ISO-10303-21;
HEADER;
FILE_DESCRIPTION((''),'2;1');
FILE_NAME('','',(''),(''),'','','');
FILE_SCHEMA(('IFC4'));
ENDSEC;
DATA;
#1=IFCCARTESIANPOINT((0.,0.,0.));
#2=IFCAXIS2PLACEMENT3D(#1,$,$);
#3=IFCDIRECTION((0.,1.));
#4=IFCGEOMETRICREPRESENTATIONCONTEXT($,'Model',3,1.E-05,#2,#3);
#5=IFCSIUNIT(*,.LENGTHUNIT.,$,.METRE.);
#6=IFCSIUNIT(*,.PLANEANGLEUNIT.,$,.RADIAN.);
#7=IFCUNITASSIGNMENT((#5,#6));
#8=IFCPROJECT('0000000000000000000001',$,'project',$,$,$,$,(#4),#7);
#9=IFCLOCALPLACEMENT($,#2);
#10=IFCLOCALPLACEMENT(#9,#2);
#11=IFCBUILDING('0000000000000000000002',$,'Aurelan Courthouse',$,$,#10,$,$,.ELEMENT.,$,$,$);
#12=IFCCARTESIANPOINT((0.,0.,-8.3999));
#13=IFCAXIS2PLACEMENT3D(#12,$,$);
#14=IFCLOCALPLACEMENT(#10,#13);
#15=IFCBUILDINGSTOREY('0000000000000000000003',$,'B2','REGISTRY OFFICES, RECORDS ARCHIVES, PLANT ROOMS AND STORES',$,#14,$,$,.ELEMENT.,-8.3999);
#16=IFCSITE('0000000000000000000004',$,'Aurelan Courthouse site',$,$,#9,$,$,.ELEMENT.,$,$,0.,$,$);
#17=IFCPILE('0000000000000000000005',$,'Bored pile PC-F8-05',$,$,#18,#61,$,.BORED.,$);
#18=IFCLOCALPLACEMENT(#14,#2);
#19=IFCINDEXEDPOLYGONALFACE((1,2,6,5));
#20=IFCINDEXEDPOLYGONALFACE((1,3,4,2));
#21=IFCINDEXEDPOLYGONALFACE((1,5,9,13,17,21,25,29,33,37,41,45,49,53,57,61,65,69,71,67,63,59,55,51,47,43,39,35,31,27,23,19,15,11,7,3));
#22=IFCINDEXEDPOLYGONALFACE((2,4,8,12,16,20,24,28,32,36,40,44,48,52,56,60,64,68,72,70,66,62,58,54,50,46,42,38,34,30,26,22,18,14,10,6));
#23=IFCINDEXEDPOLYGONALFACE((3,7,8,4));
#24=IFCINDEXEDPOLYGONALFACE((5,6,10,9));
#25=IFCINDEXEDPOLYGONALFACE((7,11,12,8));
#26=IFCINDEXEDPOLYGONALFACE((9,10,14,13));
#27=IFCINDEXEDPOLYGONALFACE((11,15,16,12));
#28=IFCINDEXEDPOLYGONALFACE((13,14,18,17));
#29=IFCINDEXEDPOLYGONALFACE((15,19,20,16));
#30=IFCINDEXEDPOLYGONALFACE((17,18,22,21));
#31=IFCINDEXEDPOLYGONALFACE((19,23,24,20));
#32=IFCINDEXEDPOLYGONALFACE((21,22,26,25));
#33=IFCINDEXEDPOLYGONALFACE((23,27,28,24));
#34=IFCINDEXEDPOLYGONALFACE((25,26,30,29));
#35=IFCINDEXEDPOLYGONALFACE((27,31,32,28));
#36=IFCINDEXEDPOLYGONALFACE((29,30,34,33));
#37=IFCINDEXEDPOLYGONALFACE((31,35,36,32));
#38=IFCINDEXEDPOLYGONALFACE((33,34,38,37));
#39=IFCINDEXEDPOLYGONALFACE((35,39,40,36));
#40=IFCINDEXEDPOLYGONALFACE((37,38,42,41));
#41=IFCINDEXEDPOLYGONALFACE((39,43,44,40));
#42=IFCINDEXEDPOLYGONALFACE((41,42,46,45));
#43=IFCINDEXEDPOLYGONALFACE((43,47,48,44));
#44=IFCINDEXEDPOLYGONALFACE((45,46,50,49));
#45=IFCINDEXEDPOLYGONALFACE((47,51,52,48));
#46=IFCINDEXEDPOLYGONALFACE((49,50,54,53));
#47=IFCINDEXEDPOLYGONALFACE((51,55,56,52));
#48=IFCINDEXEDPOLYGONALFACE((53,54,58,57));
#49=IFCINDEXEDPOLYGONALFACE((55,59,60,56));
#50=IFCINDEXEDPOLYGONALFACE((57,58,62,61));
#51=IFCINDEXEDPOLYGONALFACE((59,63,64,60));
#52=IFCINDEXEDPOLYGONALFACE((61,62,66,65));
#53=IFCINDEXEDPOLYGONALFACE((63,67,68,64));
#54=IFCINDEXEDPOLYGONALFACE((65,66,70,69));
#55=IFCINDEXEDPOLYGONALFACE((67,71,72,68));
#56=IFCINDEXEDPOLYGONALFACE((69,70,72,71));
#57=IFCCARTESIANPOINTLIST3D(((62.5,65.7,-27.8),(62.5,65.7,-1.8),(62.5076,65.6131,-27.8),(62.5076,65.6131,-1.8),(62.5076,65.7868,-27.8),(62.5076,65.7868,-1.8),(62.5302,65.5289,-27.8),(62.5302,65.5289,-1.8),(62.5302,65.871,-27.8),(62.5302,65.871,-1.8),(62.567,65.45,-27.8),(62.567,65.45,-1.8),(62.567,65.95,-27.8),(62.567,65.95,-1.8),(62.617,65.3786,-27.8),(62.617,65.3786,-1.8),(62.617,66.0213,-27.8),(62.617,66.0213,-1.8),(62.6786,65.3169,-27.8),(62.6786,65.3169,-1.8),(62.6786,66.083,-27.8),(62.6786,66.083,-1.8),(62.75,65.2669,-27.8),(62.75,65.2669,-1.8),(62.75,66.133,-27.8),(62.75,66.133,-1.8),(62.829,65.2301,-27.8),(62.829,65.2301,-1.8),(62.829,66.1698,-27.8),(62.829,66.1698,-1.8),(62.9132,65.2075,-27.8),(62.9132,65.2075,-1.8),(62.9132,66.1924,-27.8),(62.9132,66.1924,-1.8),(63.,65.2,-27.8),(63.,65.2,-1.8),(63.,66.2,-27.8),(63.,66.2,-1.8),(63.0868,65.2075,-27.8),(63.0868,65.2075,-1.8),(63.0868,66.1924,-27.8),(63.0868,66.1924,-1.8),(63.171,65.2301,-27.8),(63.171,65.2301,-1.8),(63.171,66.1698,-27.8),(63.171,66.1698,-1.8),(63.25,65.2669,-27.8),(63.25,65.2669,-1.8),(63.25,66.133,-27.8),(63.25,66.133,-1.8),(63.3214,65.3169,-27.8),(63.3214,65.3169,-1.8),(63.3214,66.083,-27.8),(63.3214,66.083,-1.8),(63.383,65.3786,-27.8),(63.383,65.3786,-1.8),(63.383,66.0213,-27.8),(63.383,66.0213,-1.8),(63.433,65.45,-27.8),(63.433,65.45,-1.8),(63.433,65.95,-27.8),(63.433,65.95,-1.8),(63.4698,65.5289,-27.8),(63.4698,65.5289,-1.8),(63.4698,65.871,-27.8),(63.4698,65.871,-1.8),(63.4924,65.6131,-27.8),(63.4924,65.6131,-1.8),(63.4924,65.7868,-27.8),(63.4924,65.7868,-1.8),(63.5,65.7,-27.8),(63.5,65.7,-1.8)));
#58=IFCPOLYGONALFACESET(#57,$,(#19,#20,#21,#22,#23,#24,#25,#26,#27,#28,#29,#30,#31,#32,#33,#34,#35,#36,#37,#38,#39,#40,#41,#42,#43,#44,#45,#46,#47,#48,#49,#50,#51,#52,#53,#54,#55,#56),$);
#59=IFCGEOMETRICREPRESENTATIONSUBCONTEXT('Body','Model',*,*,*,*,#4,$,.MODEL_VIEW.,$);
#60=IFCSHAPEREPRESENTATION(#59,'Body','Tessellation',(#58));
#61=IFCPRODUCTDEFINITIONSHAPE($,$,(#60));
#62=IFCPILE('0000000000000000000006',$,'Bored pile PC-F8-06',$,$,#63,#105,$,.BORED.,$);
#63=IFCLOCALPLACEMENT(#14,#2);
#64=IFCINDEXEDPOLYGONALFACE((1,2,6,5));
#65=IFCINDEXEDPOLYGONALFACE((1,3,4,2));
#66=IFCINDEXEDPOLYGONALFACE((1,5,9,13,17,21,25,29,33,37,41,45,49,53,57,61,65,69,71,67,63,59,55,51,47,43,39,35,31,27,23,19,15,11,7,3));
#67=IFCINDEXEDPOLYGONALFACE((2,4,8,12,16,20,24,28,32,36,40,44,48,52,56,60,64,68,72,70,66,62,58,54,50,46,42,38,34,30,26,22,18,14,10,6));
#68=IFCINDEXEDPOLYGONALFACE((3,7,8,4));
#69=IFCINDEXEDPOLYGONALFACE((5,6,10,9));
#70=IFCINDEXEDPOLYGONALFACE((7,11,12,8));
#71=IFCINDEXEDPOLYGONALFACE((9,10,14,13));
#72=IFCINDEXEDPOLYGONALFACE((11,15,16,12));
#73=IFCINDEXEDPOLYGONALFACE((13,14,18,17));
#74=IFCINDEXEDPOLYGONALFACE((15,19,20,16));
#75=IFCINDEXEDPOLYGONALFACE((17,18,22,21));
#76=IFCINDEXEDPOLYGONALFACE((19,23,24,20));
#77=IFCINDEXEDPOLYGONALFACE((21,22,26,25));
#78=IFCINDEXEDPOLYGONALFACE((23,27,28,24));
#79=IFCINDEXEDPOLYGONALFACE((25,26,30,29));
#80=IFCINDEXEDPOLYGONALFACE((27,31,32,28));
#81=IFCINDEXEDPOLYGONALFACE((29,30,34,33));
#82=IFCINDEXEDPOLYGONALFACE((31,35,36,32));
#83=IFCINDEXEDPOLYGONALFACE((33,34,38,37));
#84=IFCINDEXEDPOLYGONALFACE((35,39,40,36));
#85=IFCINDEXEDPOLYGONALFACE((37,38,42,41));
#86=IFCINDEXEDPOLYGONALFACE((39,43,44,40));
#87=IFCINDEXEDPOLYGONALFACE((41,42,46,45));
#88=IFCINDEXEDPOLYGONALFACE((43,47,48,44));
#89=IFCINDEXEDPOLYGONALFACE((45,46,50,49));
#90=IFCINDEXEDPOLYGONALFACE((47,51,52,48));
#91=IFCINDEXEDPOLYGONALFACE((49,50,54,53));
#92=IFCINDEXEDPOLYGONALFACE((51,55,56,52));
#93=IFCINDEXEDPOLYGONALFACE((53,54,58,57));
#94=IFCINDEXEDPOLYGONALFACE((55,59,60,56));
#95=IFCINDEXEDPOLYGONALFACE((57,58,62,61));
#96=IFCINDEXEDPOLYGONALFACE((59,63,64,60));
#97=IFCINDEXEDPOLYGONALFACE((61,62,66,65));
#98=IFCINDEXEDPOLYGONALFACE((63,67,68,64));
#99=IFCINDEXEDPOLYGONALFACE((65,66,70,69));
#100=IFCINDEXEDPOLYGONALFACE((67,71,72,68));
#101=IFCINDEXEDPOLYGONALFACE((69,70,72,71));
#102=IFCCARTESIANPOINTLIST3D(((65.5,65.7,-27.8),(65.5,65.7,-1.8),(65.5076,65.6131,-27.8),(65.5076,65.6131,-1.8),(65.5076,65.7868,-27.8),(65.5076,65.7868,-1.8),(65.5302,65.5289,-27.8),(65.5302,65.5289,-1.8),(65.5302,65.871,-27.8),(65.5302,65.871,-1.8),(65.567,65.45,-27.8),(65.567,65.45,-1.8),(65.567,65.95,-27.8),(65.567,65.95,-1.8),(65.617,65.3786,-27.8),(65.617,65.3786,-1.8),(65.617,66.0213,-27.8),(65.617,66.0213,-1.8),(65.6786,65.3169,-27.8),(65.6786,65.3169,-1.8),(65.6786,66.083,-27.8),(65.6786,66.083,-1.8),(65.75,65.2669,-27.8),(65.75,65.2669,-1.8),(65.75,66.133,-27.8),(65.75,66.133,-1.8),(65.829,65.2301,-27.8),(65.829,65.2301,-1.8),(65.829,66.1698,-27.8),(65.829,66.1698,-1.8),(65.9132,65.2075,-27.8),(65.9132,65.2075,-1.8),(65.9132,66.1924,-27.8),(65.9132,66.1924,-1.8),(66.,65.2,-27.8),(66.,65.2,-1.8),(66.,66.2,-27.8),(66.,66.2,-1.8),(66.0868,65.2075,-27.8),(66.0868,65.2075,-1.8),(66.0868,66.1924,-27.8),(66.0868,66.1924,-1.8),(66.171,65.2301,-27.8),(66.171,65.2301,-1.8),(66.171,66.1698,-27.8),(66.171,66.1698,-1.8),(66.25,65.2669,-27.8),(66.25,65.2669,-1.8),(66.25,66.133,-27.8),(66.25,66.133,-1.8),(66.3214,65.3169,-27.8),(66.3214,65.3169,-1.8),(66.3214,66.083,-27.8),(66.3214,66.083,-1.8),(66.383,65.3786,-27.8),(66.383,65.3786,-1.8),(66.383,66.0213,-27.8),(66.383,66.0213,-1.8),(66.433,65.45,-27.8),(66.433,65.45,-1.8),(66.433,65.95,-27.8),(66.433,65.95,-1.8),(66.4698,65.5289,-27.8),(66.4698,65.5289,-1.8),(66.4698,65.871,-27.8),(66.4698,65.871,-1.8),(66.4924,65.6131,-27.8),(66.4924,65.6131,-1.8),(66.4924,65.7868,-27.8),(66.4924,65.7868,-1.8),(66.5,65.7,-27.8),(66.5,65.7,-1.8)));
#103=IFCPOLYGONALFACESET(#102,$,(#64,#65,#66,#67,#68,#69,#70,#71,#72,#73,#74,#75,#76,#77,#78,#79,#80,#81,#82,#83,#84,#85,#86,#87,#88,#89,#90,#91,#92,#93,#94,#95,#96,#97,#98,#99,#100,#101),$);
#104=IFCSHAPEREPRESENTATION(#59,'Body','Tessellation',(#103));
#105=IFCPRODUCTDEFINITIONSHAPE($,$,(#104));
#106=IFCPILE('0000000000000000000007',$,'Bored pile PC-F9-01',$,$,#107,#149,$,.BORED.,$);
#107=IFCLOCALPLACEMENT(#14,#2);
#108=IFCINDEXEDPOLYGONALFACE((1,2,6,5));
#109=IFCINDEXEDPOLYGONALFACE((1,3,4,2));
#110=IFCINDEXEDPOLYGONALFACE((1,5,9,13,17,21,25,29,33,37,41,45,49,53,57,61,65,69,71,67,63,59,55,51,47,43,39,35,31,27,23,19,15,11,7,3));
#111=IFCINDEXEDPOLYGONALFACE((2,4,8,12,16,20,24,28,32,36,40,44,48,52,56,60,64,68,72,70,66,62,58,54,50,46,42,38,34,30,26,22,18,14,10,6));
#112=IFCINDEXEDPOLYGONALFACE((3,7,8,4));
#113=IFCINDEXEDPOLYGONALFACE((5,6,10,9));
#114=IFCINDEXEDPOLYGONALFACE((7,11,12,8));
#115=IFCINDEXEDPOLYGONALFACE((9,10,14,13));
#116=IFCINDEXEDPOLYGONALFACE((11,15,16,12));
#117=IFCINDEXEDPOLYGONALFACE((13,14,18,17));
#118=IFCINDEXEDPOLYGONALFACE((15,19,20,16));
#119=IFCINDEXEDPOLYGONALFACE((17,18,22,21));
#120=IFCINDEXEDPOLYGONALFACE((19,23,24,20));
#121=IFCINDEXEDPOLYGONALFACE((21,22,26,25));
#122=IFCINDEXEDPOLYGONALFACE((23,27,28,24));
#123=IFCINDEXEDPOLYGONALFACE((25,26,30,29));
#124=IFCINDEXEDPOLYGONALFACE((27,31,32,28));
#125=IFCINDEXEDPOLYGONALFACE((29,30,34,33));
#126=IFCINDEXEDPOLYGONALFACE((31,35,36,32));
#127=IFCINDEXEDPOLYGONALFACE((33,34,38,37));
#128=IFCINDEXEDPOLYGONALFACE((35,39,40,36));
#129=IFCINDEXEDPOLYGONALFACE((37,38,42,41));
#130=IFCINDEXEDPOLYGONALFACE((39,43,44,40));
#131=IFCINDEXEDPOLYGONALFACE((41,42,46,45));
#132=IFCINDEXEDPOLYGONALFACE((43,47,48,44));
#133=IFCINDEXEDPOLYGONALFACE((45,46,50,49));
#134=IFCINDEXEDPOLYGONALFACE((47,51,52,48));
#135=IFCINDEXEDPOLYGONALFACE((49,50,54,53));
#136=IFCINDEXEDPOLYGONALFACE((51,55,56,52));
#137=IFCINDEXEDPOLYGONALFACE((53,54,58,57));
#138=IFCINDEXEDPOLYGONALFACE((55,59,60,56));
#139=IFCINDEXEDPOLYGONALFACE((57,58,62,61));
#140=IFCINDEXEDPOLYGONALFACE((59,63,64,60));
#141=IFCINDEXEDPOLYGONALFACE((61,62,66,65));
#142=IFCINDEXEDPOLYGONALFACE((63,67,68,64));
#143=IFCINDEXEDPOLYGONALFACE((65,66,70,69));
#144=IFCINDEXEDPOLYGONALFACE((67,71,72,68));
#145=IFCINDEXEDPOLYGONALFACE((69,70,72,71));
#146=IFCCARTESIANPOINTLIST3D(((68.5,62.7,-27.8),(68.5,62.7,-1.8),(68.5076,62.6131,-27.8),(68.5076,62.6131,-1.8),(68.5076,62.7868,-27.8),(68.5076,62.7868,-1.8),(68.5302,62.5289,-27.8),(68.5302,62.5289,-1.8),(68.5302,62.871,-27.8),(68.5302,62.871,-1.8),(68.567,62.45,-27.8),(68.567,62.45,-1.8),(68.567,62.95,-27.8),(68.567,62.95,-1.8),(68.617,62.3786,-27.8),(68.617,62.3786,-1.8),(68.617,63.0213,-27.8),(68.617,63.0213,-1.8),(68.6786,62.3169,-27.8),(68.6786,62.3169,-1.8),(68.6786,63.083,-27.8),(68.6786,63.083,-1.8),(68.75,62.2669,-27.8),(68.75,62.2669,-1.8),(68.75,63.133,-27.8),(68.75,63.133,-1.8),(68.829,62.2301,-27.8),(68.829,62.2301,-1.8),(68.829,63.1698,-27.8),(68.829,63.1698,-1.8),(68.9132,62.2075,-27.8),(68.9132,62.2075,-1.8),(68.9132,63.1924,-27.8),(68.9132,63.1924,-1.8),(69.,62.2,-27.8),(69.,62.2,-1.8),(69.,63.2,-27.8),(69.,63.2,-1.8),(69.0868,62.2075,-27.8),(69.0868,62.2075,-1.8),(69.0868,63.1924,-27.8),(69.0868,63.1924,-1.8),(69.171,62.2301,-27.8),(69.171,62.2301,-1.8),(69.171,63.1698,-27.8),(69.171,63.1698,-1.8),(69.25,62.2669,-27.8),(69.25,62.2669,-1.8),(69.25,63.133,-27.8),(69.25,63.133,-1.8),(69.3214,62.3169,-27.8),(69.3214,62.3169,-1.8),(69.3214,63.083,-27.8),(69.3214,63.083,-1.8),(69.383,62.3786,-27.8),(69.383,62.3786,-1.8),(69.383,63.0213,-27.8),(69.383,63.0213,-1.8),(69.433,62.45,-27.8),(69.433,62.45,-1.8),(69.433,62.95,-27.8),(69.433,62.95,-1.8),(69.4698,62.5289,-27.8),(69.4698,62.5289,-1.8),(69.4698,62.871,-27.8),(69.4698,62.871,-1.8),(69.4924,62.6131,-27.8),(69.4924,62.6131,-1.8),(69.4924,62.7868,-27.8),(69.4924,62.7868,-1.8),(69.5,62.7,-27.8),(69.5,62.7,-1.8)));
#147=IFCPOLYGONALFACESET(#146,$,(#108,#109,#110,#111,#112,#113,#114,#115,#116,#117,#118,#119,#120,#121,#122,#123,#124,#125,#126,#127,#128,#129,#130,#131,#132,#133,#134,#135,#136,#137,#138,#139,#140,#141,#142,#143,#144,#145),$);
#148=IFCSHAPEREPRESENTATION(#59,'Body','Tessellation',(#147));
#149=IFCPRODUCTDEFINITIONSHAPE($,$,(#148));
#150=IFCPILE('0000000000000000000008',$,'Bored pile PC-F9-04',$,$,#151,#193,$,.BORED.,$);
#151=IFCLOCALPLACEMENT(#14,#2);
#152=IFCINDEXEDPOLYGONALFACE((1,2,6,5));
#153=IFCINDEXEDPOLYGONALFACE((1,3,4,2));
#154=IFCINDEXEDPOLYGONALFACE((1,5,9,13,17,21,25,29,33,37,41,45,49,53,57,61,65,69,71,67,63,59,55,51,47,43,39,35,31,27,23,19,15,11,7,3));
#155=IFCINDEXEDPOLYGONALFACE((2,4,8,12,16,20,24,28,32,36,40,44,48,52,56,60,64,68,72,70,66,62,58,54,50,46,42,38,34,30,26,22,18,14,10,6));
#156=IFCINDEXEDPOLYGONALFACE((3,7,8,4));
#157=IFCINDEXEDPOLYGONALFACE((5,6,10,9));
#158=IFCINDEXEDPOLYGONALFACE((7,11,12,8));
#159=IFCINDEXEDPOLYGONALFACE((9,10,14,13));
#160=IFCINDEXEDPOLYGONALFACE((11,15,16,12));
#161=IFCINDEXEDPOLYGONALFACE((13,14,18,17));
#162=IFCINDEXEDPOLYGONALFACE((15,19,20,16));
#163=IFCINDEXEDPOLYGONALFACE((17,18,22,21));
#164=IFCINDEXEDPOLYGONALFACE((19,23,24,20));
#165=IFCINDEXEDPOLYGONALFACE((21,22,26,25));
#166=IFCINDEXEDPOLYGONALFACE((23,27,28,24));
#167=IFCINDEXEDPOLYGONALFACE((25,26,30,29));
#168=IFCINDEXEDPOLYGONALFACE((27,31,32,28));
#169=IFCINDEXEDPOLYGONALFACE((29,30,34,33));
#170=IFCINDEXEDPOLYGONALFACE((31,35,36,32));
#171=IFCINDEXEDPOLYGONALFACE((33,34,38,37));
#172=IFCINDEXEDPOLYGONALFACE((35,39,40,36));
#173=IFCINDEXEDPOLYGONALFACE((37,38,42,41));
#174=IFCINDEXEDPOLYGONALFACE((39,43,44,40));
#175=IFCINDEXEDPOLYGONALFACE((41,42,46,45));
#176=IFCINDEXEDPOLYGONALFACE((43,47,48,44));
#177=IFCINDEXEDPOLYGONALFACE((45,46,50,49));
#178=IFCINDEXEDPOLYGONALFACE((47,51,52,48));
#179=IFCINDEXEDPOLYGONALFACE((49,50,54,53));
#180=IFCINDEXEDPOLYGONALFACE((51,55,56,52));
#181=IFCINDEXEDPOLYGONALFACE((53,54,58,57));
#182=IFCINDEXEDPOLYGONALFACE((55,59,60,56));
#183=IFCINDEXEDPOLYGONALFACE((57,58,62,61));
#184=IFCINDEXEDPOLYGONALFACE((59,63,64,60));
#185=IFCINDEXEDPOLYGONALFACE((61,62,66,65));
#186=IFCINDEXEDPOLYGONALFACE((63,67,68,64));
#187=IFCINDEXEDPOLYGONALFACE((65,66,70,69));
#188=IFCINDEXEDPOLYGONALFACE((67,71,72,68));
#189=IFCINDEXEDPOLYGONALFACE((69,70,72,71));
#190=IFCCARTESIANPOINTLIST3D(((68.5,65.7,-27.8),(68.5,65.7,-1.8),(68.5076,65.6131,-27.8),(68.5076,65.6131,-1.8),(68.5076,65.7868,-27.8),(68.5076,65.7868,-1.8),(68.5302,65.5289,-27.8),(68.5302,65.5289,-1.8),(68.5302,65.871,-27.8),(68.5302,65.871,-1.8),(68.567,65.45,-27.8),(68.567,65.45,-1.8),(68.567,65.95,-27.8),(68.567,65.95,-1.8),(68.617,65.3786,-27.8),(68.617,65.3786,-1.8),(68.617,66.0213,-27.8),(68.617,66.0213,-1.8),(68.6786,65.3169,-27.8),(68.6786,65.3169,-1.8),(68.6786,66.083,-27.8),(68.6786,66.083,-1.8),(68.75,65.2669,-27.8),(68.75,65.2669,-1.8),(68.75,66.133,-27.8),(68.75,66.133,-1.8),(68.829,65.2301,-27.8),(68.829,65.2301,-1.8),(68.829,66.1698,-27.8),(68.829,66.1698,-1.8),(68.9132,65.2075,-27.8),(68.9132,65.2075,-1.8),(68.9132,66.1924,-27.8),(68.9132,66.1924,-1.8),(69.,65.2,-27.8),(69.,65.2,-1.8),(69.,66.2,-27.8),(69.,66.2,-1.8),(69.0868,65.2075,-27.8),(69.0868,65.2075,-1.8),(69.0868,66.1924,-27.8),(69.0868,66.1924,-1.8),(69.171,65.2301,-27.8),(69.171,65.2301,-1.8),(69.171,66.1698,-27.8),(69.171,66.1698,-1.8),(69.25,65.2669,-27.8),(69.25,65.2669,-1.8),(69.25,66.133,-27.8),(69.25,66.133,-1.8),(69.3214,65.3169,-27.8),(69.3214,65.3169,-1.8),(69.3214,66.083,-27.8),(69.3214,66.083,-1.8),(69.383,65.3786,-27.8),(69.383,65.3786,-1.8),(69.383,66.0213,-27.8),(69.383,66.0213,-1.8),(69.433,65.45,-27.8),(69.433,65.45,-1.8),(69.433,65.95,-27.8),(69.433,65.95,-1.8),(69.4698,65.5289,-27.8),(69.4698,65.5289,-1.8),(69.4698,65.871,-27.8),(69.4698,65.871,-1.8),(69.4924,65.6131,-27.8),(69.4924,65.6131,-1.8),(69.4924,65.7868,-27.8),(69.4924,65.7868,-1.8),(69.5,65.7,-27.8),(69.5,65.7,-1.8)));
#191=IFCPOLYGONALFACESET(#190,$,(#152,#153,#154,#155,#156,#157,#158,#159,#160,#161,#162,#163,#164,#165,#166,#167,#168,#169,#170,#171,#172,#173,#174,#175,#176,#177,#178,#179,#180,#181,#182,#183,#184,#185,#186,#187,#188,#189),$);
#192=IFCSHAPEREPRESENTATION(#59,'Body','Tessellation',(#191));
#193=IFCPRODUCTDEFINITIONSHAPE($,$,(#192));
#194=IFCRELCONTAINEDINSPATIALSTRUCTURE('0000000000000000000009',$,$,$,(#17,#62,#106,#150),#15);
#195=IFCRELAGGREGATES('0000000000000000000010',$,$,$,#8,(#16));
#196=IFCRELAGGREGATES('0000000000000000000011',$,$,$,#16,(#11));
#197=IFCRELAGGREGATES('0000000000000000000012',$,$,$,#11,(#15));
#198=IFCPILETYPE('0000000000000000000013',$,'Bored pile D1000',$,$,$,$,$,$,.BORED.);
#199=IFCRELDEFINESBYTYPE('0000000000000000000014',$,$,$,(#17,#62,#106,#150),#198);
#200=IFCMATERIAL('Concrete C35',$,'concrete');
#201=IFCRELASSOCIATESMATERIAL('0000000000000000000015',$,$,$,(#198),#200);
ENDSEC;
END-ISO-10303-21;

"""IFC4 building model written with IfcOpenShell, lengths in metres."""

from ifc_helpers import new_model, si_unit, direction, frame, origin, origin_2d, place, context, subcontext, project, spatial, circle, extrude, material, material_profile, profile_set, type_object, element, save


model = new_model("IFC4")

# Units and contexts
model_context = context("Model", 3, precision=1e-05, world=origin(), true_north=direction((0.0, 1.0)))
body_context = subcontext(model_context, "Body", "Model", "MODEL_VIEW")
ifc_project = project(units=[si_unit("LENGTHUNIT", "METRE"), si_unit("PLANEANGLEUNIT", "RADIAN")], contexts=[model_context])

# Site, building, storey
site_placement = place(None, origin())
site = spatial("IfcSite", under=ifc_project, at=site_placement, Name="Aurelan Courthouse site", CompositionType="ELEMENT", RefElevation=0.0)
building_placement = place(site_placement, origin())
building = spatial("IfcBuilding", under=site, at=building_placement, Name="Aurelan Courthouse", CompositionType="ELEMENT")
storey_placement = place(building_placement, frame((0.0, 0.0, -8.3999)))
storey = spatial("IfcBuildingStorey", under=building, at=storey_placement, Name="B2", Description="REGISTRY OFFICES, RECORDS ARCHIVES, PLANT ROOMS AND STORES", CompositionType="ELEMENT", Elevation=-8.3999)

# Piles
ifc_material_1 = material(Name="Concrete C35", Category="concrete")
ifc_material_profile_1 = material_profile(ifc_material_1, circle(Radius=0.5, at=origin_2d()), Name="D1000")
ifc_profile_set_1 = profile_set([ifc_material_profile_1], Name="Concrete C35")
pile_type_1 = type_object("IfcPileType", Name="Bored pile D1000", PredefinedType="BORED", material=ifc_profile_set_1)
for number, where, z_axis, x_axis, name in (
    (1, (63.0, 65.7, -1.8), (0.0, 0.0, -1.0), (1.0, 0.0, 0.0), "Bored pile PC-F8-05"),
    (2, (66.0, 65.7, -1.8), (0.0, 0.0, -1.0), (1.0, 0.0, 0.0), "Bored pile PC-F8-06"),
    (3, (69.0, 62.7, -1.8), (0.0, 0.0, -1.0), (1.0, 0.0, 0.0), "Bored pile PC-F9-01"),
    (4, (69.0, 65.7, -1.8), (0.0, 0.0, -1.0), (1.0, 0.0, 0.0), "Bored pile PC-F9-04"),
):
    element("IfcPile", number, at=place(storey_placement, frame(where, z_axis=z_axis, x_axis=x_axis)), inside=storey, type_object=pile_type_1, Name=name, PredefinedType="BORED", context=body_context, shape_type="SweptSolid", body=[
        extrude(circle(Radius=0.5, at=origin_2d()), origin(), (0.0, 0.0, 1.0), 26.0),
    ])

save(model, "model.ifc")
